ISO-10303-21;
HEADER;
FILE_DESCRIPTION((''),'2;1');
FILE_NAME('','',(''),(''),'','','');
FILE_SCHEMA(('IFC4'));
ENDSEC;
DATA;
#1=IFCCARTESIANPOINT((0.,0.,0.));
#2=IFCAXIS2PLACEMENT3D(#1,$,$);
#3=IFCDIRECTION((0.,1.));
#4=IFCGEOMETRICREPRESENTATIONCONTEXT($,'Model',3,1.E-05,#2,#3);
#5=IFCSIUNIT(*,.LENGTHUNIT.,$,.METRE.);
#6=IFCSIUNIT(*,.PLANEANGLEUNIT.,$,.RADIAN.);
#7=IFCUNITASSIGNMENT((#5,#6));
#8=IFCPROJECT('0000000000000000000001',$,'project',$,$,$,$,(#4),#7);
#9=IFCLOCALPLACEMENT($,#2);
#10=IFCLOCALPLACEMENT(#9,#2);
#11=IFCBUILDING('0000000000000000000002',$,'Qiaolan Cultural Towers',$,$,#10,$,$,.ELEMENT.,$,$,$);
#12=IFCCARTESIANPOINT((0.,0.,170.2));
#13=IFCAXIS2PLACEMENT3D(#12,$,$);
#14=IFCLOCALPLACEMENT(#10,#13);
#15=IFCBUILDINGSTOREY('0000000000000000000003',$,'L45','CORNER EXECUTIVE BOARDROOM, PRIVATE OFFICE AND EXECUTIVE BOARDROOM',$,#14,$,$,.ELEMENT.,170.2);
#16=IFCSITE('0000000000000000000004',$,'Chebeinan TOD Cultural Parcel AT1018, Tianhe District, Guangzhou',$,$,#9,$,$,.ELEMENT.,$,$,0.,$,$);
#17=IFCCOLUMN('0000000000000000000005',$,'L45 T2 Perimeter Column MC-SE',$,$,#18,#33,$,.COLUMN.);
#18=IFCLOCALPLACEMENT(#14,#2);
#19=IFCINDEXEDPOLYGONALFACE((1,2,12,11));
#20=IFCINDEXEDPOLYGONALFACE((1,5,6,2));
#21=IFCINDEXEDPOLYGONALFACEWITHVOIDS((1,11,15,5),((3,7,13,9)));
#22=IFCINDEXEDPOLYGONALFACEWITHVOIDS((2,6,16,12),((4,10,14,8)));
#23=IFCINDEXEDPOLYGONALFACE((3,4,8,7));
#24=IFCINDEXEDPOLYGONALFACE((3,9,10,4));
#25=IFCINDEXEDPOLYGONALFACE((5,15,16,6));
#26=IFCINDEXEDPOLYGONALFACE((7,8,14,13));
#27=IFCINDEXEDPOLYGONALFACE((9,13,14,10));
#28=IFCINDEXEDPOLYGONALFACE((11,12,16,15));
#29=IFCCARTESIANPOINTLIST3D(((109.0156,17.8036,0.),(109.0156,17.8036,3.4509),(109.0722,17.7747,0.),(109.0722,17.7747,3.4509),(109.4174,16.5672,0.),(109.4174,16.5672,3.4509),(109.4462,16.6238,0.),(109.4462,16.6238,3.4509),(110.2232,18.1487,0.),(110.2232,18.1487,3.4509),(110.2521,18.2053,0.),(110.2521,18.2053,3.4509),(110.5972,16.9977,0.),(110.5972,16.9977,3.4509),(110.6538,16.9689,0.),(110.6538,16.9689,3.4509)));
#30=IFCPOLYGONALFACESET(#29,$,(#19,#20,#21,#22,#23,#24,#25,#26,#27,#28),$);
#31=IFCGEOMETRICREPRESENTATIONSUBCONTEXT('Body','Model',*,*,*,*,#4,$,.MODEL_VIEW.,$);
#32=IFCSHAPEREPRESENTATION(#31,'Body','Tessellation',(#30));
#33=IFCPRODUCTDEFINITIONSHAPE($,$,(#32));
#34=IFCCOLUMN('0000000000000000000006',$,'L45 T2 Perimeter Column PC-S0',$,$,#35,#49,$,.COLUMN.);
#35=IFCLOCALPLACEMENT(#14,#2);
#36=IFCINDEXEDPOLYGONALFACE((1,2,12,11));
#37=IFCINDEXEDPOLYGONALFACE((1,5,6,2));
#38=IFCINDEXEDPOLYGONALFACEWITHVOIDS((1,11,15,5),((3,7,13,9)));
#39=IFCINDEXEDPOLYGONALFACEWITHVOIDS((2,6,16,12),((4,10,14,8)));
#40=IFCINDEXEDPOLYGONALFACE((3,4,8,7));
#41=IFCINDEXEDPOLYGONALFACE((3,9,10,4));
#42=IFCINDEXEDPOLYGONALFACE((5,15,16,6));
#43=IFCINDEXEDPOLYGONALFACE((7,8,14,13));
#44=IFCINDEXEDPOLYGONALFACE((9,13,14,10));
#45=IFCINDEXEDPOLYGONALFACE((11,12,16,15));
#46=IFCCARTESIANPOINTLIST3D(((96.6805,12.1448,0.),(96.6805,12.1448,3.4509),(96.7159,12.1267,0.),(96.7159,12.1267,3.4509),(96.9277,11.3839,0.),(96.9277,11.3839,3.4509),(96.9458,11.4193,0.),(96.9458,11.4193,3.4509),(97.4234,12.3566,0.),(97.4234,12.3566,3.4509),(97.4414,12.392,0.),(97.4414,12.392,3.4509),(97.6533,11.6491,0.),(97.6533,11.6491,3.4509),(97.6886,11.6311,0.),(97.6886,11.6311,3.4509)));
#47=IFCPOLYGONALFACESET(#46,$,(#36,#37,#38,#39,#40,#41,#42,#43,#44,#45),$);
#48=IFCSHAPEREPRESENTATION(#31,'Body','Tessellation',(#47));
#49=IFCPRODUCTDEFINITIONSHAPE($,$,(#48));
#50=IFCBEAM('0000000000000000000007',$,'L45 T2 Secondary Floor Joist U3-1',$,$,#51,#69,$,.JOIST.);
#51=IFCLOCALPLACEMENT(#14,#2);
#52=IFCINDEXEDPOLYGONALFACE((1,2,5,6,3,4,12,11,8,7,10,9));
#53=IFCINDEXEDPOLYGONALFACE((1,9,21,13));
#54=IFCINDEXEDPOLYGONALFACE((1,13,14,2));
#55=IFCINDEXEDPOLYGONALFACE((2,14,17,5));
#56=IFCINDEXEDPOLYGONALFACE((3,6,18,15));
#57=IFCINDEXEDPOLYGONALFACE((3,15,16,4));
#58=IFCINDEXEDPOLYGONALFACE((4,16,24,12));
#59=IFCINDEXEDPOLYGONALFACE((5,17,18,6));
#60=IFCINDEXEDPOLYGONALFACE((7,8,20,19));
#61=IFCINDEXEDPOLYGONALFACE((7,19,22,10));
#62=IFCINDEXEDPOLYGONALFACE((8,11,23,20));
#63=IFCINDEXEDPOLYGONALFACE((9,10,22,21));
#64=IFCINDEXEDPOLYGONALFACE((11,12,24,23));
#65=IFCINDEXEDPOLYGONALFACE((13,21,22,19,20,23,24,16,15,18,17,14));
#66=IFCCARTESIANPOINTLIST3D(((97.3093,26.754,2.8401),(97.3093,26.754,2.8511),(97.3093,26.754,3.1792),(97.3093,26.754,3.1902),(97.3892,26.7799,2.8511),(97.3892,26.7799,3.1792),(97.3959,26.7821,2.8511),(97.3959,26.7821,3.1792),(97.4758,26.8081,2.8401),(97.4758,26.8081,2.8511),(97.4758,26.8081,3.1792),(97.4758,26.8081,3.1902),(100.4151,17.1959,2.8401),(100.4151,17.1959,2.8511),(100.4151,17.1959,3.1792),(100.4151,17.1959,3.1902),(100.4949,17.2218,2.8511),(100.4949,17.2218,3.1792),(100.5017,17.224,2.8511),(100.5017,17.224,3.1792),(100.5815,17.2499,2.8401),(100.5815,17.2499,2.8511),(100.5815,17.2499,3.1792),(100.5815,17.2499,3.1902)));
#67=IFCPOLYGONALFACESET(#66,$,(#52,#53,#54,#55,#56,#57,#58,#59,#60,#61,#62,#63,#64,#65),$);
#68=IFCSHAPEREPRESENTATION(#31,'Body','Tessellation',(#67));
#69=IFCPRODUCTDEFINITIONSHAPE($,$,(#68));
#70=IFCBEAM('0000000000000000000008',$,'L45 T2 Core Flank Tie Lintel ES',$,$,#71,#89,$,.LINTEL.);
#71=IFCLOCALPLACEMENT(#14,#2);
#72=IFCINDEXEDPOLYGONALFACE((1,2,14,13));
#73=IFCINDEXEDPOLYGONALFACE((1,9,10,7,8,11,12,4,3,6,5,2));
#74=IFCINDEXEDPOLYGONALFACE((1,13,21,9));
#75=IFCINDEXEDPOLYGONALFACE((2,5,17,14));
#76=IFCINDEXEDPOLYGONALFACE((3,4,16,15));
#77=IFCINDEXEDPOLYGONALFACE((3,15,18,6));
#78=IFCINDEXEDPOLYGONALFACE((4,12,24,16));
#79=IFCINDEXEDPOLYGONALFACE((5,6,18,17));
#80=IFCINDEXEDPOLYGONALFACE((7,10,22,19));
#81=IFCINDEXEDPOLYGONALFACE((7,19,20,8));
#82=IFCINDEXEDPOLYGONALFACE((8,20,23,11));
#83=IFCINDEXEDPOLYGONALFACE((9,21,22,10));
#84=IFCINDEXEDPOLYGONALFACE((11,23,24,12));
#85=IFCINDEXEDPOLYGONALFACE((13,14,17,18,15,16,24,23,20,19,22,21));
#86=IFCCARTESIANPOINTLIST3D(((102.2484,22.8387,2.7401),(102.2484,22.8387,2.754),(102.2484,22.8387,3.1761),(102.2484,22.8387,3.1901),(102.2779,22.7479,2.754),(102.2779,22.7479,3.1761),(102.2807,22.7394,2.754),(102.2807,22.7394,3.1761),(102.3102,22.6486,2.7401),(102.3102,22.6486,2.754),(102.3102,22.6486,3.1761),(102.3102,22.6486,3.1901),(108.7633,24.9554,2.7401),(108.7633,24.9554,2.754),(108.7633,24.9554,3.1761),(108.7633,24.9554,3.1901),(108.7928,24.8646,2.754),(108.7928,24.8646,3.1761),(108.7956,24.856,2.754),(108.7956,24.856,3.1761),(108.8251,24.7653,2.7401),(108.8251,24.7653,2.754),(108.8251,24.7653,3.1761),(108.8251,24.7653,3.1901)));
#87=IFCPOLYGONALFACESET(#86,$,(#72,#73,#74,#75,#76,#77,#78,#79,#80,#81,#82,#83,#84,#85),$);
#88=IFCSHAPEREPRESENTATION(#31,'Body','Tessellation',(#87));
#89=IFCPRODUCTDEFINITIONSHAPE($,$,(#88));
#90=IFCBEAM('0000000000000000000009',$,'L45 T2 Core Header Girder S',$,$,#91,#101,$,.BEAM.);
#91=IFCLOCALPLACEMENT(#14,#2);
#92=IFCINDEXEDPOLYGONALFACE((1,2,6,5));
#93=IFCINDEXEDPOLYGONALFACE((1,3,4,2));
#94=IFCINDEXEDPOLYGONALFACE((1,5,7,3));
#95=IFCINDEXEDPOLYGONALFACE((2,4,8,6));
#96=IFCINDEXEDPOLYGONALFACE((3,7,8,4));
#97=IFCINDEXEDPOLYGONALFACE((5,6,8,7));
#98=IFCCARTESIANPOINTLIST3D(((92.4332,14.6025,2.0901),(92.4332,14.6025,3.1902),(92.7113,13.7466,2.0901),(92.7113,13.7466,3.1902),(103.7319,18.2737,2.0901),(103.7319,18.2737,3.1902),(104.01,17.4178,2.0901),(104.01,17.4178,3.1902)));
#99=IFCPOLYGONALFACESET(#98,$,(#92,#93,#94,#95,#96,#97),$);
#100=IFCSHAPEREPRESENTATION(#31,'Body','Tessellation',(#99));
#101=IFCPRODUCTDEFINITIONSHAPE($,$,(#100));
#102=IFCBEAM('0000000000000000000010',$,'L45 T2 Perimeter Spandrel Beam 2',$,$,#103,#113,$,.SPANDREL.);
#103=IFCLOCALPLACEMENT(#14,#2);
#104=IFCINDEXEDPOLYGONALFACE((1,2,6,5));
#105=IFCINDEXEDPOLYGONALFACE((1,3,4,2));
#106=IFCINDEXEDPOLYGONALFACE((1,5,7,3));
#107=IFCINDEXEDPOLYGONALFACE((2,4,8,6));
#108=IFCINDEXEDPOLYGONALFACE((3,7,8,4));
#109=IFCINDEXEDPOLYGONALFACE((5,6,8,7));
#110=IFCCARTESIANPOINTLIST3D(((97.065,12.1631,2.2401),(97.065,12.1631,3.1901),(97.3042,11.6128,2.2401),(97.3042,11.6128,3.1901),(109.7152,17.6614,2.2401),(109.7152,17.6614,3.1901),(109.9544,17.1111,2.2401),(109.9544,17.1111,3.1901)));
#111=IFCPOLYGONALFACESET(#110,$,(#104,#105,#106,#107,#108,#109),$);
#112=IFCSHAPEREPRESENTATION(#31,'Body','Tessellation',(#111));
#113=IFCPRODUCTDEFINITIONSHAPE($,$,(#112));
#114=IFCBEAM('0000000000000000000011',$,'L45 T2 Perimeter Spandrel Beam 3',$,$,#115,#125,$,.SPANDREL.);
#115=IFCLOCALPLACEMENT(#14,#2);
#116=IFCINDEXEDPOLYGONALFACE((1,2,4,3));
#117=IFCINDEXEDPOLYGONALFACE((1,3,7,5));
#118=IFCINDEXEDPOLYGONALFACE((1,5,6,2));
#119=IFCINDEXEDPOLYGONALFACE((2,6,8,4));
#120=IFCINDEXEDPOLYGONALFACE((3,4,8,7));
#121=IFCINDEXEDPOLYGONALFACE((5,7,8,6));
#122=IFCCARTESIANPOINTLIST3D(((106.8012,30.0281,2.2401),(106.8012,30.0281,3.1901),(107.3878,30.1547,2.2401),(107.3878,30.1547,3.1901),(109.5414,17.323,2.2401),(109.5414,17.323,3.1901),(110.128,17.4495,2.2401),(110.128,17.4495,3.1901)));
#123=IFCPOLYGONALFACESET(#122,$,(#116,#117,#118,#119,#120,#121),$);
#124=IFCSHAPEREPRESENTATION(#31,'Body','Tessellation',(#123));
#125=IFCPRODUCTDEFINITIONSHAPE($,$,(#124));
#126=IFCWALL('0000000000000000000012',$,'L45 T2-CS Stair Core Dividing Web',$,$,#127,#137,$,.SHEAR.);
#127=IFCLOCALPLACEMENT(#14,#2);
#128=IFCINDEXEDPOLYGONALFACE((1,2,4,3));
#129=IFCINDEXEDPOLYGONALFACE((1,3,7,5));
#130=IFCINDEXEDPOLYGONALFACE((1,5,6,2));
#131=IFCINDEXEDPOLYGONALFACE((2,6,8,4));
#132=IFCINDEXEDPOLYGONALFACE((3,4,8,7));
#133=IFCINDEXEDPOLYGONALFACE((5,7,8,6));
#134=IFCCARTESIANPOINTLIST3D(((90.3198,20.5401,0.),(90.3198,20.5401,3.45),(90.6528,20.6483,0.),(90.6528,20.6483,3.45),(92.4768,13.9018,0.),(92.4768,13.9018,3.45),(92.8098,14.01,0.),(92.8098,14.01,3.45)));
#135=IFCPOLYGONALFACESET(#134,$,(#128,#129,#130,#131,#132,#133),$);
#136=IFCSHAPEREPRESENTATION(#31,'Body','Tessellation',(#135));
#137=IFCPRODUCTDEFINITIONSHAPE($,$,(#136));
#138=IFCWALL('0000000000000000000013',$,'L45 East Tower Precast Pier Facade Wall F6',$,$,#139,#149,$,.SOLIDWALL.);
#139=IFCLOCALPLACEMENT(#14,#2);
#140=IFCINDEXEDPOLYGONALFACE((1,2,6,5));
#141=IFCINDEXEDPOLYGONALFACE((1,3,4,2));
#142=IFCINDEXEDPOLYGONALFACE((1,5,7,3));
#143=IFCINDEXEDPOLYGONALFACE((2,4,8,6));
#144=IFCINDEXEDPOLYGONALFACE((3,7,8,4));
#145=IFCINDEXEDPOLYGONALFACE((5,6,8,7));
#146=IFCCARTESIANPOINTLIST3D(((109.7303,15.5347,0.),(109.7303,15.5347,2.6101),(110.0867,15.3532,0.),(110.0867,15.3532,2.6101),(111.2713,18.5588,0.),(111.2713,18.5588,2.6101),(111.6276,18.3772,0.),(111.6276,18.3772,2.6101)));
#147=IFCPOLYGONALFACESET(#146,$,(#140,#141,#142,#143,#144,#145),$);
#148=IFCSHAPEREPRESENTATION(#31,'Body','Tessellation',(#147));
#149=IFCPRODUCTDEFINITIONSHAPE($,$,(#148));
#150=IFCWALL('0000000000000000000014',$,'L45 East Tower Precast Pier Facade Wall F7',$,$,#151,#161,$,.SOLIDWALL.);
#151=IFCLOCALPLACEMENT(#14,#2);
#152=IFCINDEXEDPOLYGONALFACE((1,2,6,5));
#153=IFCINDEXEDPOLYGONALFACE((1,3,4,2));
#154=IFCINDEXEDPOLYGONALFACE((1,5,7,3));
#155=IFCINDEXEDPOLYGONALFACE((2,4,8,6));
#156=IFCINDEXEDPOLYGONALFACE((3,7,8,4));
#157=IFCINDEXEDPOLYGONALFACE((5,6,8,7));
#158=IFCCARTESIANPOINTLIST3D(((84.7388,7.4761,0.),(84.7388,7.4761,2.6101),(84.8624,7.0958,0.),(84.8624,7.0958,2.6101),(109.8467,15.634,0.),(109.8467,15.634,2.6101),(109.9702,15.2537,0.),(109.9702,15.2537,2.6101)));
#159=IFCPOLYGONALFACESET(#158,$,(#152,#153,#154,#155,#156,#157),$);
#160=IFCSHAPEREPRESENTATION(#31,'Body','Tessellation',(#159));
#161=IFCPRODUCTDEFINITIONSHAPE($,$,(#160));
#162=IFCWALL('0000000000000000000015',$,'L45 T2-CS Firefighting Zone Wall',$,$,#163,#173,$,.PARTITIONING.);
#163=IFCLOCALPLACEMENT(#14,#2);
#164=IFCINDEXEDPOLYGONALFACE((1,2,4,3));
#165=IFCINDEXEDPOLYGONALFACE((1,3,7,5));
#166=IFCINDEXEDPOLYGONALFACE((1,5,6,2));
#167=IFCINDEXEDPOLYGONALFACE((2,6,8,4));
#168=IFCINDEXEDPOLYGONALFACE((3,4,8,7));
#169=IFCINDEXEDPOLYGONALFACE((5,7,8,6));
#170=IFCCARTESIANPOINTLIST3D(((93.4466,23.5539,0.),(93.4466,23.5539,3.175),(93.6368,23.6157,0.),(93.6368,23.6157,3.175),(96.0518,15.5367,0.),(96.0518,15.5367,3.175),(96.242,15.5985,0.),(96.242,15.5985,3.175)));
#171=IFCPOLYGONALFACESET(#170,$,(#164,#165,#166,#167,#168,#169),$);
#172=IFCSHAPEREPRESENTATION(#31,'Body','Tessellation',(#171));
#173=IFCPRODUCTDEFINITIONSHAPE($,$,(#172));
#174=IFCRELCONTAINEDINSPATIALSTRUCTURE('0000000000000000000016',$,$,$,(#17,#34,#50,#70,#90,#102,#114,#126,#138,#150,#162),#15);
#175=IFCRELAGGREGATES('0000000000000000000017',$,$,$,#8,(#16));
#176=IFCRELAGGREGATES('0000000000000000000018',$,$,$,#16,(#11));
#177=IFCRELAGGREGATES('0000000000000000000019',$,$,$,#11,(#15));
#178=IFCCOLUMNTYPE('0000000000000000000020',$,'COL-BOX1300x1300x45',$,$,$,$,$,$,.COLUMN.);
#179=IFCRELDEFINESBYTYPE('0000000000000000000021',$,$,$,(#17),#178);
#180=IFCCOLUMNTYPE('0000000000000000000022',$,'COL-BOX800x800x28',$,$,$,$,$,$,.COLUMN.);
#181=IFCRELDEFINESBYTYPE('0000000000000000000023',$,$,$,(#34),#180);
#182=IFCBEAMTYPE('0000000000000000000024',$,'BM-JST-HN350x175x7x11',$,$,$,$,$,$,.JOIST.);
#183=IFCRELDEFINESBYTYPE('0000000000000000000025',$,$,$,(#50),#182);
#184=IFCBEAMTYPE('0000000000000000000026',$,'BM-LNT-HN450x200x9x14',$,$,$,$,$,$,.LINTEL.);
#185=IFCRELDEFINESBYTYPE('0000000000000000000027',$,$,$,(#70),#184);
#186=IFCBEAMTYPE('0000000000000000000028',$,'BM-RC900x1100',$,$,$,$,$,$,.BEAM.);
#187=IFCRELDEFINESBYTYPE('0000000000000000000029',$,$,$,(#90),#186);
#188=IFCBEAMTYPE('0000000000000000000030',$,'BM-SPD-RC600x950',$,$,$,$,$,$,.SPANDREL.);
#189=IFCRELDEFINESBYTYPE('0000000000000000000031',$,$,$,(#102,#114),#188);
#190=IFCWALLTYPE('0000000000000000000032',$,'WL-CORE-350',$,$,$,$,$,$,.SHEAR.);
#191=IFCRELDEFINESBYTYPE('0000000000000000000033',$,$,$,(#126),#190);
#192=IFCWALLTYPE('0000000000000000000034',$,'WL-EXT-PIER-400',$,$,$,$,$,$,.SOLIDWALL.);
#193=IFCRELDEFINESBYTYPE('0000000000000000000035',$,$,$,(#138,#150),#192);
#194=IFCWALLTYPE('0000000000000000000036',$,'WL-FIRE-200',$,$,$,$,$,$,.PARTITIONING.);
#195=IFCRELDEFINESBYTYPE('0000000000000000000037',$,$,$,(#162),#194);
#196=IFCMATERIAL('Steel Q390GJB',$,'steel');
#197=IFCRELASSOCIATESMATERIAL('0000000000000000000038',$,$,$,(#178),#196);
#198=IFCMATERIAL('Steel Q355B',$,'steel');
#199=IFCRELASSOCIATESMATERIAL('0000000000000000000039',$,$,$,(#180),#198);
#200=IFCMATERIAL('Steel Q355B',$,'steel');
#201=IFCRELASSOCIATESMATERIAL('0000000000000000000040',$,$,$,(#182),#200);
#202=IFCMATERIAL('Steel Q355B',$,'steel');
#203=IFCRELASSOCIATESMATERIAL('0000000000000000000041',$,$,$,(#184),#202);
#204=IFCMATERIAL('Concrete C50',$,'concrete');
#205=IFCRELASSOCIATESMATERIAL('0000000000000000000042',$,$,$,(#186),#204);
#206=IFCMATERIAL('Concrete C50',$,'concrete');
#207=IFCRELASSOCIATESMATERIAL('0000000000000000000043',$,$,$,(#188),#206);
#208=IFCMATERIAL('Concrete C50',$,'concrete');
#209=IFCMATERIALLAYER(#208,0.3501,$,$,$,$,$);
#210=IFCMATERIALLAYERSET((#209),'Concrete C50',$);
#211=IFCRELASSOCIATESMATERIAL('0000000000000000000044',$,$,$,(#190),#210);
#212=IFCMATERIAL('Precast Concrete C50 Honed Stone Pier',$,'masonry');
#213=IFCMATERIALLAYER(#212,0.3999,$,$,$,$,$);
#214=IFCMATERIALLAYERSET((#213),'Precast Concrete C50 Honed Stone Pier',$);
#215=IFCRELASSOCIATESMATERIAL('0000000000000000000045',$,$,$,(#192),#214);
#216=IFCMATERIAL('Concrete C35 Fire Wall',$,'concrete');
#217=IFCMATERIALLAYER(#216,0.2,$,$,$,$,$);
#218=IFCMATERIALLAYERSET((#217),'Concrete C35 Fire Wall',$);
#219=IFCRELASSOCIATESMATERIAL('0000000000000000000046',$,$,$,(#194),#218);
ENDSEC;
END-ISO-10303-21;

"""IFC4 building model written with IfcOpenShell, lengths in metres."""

from ifc_helpers import new_model, si_unit, direction, frame, frame_2d, origin, origin_2d, place, context, subcontext, project, spatial, rectangle, hollow_rectangle, i_section, extrude, material, layer, layer_set, material_profile, profile_set, type_object, element, save


model = new_model("IFC4")

# Units and contexts
model_context = context("Model", 3, precision=1e-05, world=origin(), true_north=direction((0.0, 1.0)))
body_context = subcontext(model_context, "Body", "Model", "MODEL_VIEW")
ifc_project = project(units=[si_unit("LENGTHUNIT", "METRE"), si_unit("PLANEANGLEUNIT", "RADIAN")], contexts=[model_context])

# Site, building, storey
site_placement = place(None, origin())
site = spatial("IfcSite", under=ifc_project, at=site_placement, Name="Chebeinan TOD Cultural Parcel AT1018, Tianhe District, Guangzhou", CompositionType="ELEMENT", RefElevation=0.0)
building_placement = place(site_placement, origin())
building = spatial("IfcBuilding", under=site, at=building_placement, Name="Qiaolan Cultural Towers", CompositionType="ELEMENT")
storey_placement = place(building_placement, frame((0.0, 0.0, 170.2)))
storey = spatial("IfcBuildingStorey", under=building, at=storey_placement, Name="L45", Description="CORNER EXECUTIVE BOARDROOM, PRIVATE OFFICE AND EXECUTIVE BOARDROOM", CompositionType="ELEMENT", Elevation=170.2)

# Columns
ifc_material_1 = material(Name="Steel Q390GJB", Category="steel")
ifc_material_profile_1 = material_profile(ifc_material_1, hollow_rectangle(XDim=1.3, YDim=1.3, WallThickness=0.0449, at=origin_2d()), Name="BOX1300x1300x45")
ifc_profile_set_1 = profile_set([ifc_material_profile_1], Name="Steel Q390GJB")
column_type_1 = type_object("IfcColumnType", Name="COL-BOX1300x1300x45", PredefinedType="COLUMN", material=ifc_profile_set_1)
column_1_placement = place(storey_placement, frame((109.8347, 17.3862, 0.0), z_axis=(0.0, 0.0, 1.0), x_axis=(0.951057, 0.309017, 0.0)))
element("IfcColumn", 1, at=column_1_placement, inside=storey, type_object=column_type_1, Name="L45 T2 Perimeter Column MC-SE", PredefinedType="COLUMN", context=body_context, shape_type="SweptSolid", body=[
    extrude(hollow_rectangle(XDim=1.3, YDim=1.3, WallThickness=0.0449, at=origin_2d()), origin(), (0.0, 0.0, 1.0), 3.4509),
])
ifc_material_2 = material(Name="Steel Q355B", Category="steel")
ifc_material_profile_2 = material_profile(ifc_material_2, hollow_rectangle(XDim=0.8, YDim=0.8, WallThickness=0.0281, at=origin_2d()), Name="BOX800x800x28")
ifc_profile_set_2 = profile_set([ifc_material_profile_2], Name="Steel Q355B")
column_type_2 = type_object("IfcColumnType", Name="COL-BOX800x800x28", PredefinedType="COLUMN", material=ifc_profile_set_2)
column_2_placement = place(storey_placement, frame((97.1846, 11.8879, 0.0), z_axis=(0.0, 0.0, 1.0), x_axis=(0.951057, 0.309017, 0.0)))
element("IfcColumn", 2, at=column_2_placement, inside=storey, type_object=column_type_2, Name="L45 T2 Perimeter Column PC-S0", PredefinedType="COLUMN", context=body_context, shape_type="SweptSolid", body=[
    extrude(hollow_rectangle(XDim=0.8, YDim=0.8, WallThickness=0.0281, at=origin_2d()), origin(), (0.0, 0.0, 1.0), 3.4509),
])

# Beams
ifc_material_3 = material(Name="Steel Q355B", Category="steel")
ifc_material_profile_3 = material_profile(ifc_material_3, i_section(OverallWidth=0.175, OverallDepth=0.3501, WebThickness=0.0071, FlangeThickness=0.011, at=origin_2d()), Name="HN350x175x7x11")
ifc_profile_set_3 = profile_set([ifc_material_profile_3], Name="Steel Q355B")
beam_type_1 = type_object("IfcBeamType", Name="BM-JST-HN350x175x7x11", PredefinedType="JOIST", material=ifc_profile_set_3)
beam_1_placement = place(storey_placement, frame((100.4983, 17.2229, 3.0151), z_axis=(-0.309026, 0.951054, 0.0), x_axis=(-0.951054, -0.309026, 0.0)))
element("IfcBeam", 3, at=beam_1_placement, inside=storey, type_object=beam_type_1, Name="L45 T2 Secondary Floor Joist U3-1", PredefinedType="JOIST", context=body_context, shape_type="SweptSolid", body=[
    extrude(i_section(OverallWidth=0.175, OverallDepth=0.3501, WebThickness=0.0071, FlangeThickness=0.011, at=origin_2d()), origin(), (0.0, 0.0, 1.0), 10.05),
])
ifc_material_4 = material(Name="Steel Q355B", Category="steel")
ifc_material_profile_4 = material_profile(ifc_material_4, i_section(OverallWidth=0.2, OverallDepth=0.45, WebThickness=0.009, FlangeThickness=0.0139, at=origin_2d()), Name="HN450x200x9x14")
ifc_profile_set_4 = profile_set([ifc_material_profile_4], Name="Steel Q355B")
beam_type_2 = type_object("IfcBeamType", Name="BM-LNT-HN450x200x9x14", PredefinedType="LINTEL", material=ifc_profile_set_4)
beam_2_placement = place(storey_placement, frame((102.2793, 22.7437, 2.9651), z_axis=(0.951062, 0.309001, 0.0), x_axis=(-0.309001, 0.951062, 0.0)))
element("IfcBeam", 4, at=beam_2_placement, inside=storey, type_object=beam_type_2, Name="L45 T2 Core Flank Tie Lintel ES", PredefinedType="LINTEL", context=body_context, shape_type="SweptSolid", body=[
    extrude(i_section(OverallWidth=0.2, OverallDepth=0.45, WebThickness=0.009, FlangeThickness=0.0139, at=origin_2d()), origin(), (0.0, 0.0, 1.0), 6.8501),
])
ifc_material_5 = material(Name="Concrete C50", Category="concrete")
ifc_material_profile_5 = material_profile(ifc_material_5, rectangle(XDim=0.8999, YDim=1.1001, at=origin_2d()), Name="RC900x1100")
ifc_profile_set_5 = profile_set([ifc_material_profile_5], Name="Concrete C50")
beam_type_3 = type_object("IfcBeamType", Name="BM-RC900x1100", PredefinedType="BEAM", material=ifc_profile_set_5)
beam_3_placement = place(storey_placement, frame((92.5723, 14.1746, 2.6401), z_axis=(0.951056, 0.309018, 0.0), x_axis=(-0.309018, 0.951056, 0.0)))
element("IfcBeam", 5, at=beam_3_placement, inside=storey, type_object=beam_type_3, Name="L45 T2 Core Header Girder S", PredefinedType="BEAM", context=body_context, shape_type="SweptSolid", body=[
    extrude(rectangle(XDim=0.8999, YDim=1.1001, at=origin_2d()), origin(), (0.0, 0.0, 1.0), 11.8801),
])
ifc_material_6 = material(Name="Concrete C50", Category="concrete")
ifc_material_profile_6 = material_profile(ifc_material_6, rectangle(XDim=0.6001, YDim=0.95, at=origin_2d()), Name="RC600x950")
ifc_profile_set_6 = profile_set([ifc_material_profile_6], Name="Concrete C50")
beam_type_4 = type_object("IfcBeamType", Name="BM-SPD-RC600x950", PredefinedType="SPANDREL", material=ifc_profile_set_6)
beam_4_placement = place(storey_placement, frame((97.1846, 11.8879, 2.7151), z_axis=(0.917117, 0.398618, 0.0), x_axis=(-0.398618, 0.917117, 0.0)))
element("IfcBeam", 6, at=beam_4_placement, inside=storey, type_object=beam_type_4, Name="L45 T2 Perimeter Spandrel Beam 2", PredefinedType="SPANDREL", context=body_context, shape_type="SweptSolid", body=[
    extrude(rectangle(XDim=0.6001, YDim=0.95, at=origin_2d()), origin(), (0.0, 0.0, 1.0), 13.7935),
])
beam_5_placement = place(storey_placement, frame((109.8347, 17.3862, 2.7151), z_axis=(-0.210832, 0.977522, 0.0), x_axis=(-0.977522, -0.210832, 0.0)))
element("IfcBeam", 7, at=beam_5_placement, inside=storey, type_object=beam_type_4, Name="L45 T2 Perimeter Spandrel Beam 3", PredefinedType="SPANDREL", context=body_context, shape_type="SweptSolid", body=[
    extrude(rectangle(XDim=0.6001, YDim=0.95, at=origin_2d()), origin(), (0.0, 0.0, 1.0), 12.9973),
])

# Walls
ifc_material_7 = material(Name="Concrete C50", Category="concrete")
ifc_layer_1 = layer(ifc_material_7, 0.3501)
ifc_layer_set_1 = layer_set([ifc_layer_1], Name="Concrete C50")
wall_type_1 = type_object("IfcWallType", Name="WL-CORE-350", PredefinedType="SHEAR", material=ifc_layer_set_1)
wall_1_placement = place(storey_placement, frame((90.4863, 20.5942, 0.0), z_axis=(0.0, 0.0, 1.0), x_axis=(0.30902, -0.951055, 0.0)))
element("IfcWall", 8, at=wall_1_placement, inside=storey, type_object=wall_type_1, Name="L45 T2-CS Stair Core Dividing Web", PredefinedType="SHEAR", context=body_context, shape_type="SweptSolid", body=[
    extrude(rectangle(XDim=6.98, YDim=0.3501, at=frame_2d((3.49, 0.0))), origin(), (0.0, 0.0, 1.0), 3.45),
])
ifc_material_8 = material(Name="Precast Concrete C50 Honed Stone Pier", Category="masonry")
ifc_layer_2 = layer(ifc_material_8, 0.3999)
ifc_layer_set_2 = layer_set([ifc_layer_2], Name="Precast Concrete C50 Honed Stone Pier")
wall_type_2 = type_object("IfcWallType", Name="WL-EXT-PIER-400", PredefinedType="SOLIDWALL", material=ifc_layer_set_2)
wall_2_placement = place(storey_placement, frame((111.4495, 18.468, 0.0), z_axis=(0.0, 0.0, 1.0), x_axis=(-0.45402, -0.890992, 0.0)))
element("IfcWall", 9, at=wall_2_placement, inside=storey, type_object=wall_type_2, Name="L45 East Tower Precast Pier Facade Wall F6", PredefinedType="SOLIDWALL", context=body_context, shape_type="SweptSolid", body=[
    extrude(rectangle(XDim=3.394, YDim=0.3999, at=frame_2d((1.697, 0.0))), origin(), (0.0, 0.0, 1.0), 2.6101),
])
wall_3_placement = place(storey_placement, frame((109.9084, 15.4438, 0.0), z_axis=(0.0, 0.0, 1.0), x_axis=(-0.951058, -0.309014, 0.0)))
element("IfcWall", 10, at=wall_3_placement, inside=storey, type_object=wall_type_2, Name="L45 East Tower Precast Pier Facade Wall F7", PredefinedType="SOLIDWALL", context=body_context, shape_type="SweptSolid", body=[
    extrude(rectangle(XDim=26.3999, YDim=0.3999, at=frame_2d((13.2, 0.0))), origin(), (0.0, 0.0, 1.0), 2.6101),
])
ifc_material_9 = material(Name="Concrete C35 Fire Wall", Category="concrete")
ifc_layer_3 = layer(ifc_material_9, 0.2)
ifc_layer_set_3 = layer_set([ifc_layer_3], Name="Concrete C35 Fire Wall")
wall_type_3 = type_object("IfcWallType", Name="WL-FIRE-200", PredefinedType="PARTITIONING", material=ifc_layer_set_3)
wall_4_placement = place(storey_placement, frame((93.5417, 23.5847, 0.0), z_axis=(0.0, 0.0, 1.0), x_axis=(0.309042, -0.951048, 0.0)))
element("IfcWall", 11, at=wall_4_placement, inside=storey, type_object=wall_type_3, Name="L45 T2-CS Firefighting Zone Wall", PredefinedType="PARTITIONING", context=body_context, shape_type="SweptSolid", body=[
    extrude(rectangle(XDim=8.4299, YDim=0.2, at=frame_2d((4.2148, 0.0))), origin(), (0.0, 0.0, 1.0), 3.175),
])

save(model, "model.ifc")
